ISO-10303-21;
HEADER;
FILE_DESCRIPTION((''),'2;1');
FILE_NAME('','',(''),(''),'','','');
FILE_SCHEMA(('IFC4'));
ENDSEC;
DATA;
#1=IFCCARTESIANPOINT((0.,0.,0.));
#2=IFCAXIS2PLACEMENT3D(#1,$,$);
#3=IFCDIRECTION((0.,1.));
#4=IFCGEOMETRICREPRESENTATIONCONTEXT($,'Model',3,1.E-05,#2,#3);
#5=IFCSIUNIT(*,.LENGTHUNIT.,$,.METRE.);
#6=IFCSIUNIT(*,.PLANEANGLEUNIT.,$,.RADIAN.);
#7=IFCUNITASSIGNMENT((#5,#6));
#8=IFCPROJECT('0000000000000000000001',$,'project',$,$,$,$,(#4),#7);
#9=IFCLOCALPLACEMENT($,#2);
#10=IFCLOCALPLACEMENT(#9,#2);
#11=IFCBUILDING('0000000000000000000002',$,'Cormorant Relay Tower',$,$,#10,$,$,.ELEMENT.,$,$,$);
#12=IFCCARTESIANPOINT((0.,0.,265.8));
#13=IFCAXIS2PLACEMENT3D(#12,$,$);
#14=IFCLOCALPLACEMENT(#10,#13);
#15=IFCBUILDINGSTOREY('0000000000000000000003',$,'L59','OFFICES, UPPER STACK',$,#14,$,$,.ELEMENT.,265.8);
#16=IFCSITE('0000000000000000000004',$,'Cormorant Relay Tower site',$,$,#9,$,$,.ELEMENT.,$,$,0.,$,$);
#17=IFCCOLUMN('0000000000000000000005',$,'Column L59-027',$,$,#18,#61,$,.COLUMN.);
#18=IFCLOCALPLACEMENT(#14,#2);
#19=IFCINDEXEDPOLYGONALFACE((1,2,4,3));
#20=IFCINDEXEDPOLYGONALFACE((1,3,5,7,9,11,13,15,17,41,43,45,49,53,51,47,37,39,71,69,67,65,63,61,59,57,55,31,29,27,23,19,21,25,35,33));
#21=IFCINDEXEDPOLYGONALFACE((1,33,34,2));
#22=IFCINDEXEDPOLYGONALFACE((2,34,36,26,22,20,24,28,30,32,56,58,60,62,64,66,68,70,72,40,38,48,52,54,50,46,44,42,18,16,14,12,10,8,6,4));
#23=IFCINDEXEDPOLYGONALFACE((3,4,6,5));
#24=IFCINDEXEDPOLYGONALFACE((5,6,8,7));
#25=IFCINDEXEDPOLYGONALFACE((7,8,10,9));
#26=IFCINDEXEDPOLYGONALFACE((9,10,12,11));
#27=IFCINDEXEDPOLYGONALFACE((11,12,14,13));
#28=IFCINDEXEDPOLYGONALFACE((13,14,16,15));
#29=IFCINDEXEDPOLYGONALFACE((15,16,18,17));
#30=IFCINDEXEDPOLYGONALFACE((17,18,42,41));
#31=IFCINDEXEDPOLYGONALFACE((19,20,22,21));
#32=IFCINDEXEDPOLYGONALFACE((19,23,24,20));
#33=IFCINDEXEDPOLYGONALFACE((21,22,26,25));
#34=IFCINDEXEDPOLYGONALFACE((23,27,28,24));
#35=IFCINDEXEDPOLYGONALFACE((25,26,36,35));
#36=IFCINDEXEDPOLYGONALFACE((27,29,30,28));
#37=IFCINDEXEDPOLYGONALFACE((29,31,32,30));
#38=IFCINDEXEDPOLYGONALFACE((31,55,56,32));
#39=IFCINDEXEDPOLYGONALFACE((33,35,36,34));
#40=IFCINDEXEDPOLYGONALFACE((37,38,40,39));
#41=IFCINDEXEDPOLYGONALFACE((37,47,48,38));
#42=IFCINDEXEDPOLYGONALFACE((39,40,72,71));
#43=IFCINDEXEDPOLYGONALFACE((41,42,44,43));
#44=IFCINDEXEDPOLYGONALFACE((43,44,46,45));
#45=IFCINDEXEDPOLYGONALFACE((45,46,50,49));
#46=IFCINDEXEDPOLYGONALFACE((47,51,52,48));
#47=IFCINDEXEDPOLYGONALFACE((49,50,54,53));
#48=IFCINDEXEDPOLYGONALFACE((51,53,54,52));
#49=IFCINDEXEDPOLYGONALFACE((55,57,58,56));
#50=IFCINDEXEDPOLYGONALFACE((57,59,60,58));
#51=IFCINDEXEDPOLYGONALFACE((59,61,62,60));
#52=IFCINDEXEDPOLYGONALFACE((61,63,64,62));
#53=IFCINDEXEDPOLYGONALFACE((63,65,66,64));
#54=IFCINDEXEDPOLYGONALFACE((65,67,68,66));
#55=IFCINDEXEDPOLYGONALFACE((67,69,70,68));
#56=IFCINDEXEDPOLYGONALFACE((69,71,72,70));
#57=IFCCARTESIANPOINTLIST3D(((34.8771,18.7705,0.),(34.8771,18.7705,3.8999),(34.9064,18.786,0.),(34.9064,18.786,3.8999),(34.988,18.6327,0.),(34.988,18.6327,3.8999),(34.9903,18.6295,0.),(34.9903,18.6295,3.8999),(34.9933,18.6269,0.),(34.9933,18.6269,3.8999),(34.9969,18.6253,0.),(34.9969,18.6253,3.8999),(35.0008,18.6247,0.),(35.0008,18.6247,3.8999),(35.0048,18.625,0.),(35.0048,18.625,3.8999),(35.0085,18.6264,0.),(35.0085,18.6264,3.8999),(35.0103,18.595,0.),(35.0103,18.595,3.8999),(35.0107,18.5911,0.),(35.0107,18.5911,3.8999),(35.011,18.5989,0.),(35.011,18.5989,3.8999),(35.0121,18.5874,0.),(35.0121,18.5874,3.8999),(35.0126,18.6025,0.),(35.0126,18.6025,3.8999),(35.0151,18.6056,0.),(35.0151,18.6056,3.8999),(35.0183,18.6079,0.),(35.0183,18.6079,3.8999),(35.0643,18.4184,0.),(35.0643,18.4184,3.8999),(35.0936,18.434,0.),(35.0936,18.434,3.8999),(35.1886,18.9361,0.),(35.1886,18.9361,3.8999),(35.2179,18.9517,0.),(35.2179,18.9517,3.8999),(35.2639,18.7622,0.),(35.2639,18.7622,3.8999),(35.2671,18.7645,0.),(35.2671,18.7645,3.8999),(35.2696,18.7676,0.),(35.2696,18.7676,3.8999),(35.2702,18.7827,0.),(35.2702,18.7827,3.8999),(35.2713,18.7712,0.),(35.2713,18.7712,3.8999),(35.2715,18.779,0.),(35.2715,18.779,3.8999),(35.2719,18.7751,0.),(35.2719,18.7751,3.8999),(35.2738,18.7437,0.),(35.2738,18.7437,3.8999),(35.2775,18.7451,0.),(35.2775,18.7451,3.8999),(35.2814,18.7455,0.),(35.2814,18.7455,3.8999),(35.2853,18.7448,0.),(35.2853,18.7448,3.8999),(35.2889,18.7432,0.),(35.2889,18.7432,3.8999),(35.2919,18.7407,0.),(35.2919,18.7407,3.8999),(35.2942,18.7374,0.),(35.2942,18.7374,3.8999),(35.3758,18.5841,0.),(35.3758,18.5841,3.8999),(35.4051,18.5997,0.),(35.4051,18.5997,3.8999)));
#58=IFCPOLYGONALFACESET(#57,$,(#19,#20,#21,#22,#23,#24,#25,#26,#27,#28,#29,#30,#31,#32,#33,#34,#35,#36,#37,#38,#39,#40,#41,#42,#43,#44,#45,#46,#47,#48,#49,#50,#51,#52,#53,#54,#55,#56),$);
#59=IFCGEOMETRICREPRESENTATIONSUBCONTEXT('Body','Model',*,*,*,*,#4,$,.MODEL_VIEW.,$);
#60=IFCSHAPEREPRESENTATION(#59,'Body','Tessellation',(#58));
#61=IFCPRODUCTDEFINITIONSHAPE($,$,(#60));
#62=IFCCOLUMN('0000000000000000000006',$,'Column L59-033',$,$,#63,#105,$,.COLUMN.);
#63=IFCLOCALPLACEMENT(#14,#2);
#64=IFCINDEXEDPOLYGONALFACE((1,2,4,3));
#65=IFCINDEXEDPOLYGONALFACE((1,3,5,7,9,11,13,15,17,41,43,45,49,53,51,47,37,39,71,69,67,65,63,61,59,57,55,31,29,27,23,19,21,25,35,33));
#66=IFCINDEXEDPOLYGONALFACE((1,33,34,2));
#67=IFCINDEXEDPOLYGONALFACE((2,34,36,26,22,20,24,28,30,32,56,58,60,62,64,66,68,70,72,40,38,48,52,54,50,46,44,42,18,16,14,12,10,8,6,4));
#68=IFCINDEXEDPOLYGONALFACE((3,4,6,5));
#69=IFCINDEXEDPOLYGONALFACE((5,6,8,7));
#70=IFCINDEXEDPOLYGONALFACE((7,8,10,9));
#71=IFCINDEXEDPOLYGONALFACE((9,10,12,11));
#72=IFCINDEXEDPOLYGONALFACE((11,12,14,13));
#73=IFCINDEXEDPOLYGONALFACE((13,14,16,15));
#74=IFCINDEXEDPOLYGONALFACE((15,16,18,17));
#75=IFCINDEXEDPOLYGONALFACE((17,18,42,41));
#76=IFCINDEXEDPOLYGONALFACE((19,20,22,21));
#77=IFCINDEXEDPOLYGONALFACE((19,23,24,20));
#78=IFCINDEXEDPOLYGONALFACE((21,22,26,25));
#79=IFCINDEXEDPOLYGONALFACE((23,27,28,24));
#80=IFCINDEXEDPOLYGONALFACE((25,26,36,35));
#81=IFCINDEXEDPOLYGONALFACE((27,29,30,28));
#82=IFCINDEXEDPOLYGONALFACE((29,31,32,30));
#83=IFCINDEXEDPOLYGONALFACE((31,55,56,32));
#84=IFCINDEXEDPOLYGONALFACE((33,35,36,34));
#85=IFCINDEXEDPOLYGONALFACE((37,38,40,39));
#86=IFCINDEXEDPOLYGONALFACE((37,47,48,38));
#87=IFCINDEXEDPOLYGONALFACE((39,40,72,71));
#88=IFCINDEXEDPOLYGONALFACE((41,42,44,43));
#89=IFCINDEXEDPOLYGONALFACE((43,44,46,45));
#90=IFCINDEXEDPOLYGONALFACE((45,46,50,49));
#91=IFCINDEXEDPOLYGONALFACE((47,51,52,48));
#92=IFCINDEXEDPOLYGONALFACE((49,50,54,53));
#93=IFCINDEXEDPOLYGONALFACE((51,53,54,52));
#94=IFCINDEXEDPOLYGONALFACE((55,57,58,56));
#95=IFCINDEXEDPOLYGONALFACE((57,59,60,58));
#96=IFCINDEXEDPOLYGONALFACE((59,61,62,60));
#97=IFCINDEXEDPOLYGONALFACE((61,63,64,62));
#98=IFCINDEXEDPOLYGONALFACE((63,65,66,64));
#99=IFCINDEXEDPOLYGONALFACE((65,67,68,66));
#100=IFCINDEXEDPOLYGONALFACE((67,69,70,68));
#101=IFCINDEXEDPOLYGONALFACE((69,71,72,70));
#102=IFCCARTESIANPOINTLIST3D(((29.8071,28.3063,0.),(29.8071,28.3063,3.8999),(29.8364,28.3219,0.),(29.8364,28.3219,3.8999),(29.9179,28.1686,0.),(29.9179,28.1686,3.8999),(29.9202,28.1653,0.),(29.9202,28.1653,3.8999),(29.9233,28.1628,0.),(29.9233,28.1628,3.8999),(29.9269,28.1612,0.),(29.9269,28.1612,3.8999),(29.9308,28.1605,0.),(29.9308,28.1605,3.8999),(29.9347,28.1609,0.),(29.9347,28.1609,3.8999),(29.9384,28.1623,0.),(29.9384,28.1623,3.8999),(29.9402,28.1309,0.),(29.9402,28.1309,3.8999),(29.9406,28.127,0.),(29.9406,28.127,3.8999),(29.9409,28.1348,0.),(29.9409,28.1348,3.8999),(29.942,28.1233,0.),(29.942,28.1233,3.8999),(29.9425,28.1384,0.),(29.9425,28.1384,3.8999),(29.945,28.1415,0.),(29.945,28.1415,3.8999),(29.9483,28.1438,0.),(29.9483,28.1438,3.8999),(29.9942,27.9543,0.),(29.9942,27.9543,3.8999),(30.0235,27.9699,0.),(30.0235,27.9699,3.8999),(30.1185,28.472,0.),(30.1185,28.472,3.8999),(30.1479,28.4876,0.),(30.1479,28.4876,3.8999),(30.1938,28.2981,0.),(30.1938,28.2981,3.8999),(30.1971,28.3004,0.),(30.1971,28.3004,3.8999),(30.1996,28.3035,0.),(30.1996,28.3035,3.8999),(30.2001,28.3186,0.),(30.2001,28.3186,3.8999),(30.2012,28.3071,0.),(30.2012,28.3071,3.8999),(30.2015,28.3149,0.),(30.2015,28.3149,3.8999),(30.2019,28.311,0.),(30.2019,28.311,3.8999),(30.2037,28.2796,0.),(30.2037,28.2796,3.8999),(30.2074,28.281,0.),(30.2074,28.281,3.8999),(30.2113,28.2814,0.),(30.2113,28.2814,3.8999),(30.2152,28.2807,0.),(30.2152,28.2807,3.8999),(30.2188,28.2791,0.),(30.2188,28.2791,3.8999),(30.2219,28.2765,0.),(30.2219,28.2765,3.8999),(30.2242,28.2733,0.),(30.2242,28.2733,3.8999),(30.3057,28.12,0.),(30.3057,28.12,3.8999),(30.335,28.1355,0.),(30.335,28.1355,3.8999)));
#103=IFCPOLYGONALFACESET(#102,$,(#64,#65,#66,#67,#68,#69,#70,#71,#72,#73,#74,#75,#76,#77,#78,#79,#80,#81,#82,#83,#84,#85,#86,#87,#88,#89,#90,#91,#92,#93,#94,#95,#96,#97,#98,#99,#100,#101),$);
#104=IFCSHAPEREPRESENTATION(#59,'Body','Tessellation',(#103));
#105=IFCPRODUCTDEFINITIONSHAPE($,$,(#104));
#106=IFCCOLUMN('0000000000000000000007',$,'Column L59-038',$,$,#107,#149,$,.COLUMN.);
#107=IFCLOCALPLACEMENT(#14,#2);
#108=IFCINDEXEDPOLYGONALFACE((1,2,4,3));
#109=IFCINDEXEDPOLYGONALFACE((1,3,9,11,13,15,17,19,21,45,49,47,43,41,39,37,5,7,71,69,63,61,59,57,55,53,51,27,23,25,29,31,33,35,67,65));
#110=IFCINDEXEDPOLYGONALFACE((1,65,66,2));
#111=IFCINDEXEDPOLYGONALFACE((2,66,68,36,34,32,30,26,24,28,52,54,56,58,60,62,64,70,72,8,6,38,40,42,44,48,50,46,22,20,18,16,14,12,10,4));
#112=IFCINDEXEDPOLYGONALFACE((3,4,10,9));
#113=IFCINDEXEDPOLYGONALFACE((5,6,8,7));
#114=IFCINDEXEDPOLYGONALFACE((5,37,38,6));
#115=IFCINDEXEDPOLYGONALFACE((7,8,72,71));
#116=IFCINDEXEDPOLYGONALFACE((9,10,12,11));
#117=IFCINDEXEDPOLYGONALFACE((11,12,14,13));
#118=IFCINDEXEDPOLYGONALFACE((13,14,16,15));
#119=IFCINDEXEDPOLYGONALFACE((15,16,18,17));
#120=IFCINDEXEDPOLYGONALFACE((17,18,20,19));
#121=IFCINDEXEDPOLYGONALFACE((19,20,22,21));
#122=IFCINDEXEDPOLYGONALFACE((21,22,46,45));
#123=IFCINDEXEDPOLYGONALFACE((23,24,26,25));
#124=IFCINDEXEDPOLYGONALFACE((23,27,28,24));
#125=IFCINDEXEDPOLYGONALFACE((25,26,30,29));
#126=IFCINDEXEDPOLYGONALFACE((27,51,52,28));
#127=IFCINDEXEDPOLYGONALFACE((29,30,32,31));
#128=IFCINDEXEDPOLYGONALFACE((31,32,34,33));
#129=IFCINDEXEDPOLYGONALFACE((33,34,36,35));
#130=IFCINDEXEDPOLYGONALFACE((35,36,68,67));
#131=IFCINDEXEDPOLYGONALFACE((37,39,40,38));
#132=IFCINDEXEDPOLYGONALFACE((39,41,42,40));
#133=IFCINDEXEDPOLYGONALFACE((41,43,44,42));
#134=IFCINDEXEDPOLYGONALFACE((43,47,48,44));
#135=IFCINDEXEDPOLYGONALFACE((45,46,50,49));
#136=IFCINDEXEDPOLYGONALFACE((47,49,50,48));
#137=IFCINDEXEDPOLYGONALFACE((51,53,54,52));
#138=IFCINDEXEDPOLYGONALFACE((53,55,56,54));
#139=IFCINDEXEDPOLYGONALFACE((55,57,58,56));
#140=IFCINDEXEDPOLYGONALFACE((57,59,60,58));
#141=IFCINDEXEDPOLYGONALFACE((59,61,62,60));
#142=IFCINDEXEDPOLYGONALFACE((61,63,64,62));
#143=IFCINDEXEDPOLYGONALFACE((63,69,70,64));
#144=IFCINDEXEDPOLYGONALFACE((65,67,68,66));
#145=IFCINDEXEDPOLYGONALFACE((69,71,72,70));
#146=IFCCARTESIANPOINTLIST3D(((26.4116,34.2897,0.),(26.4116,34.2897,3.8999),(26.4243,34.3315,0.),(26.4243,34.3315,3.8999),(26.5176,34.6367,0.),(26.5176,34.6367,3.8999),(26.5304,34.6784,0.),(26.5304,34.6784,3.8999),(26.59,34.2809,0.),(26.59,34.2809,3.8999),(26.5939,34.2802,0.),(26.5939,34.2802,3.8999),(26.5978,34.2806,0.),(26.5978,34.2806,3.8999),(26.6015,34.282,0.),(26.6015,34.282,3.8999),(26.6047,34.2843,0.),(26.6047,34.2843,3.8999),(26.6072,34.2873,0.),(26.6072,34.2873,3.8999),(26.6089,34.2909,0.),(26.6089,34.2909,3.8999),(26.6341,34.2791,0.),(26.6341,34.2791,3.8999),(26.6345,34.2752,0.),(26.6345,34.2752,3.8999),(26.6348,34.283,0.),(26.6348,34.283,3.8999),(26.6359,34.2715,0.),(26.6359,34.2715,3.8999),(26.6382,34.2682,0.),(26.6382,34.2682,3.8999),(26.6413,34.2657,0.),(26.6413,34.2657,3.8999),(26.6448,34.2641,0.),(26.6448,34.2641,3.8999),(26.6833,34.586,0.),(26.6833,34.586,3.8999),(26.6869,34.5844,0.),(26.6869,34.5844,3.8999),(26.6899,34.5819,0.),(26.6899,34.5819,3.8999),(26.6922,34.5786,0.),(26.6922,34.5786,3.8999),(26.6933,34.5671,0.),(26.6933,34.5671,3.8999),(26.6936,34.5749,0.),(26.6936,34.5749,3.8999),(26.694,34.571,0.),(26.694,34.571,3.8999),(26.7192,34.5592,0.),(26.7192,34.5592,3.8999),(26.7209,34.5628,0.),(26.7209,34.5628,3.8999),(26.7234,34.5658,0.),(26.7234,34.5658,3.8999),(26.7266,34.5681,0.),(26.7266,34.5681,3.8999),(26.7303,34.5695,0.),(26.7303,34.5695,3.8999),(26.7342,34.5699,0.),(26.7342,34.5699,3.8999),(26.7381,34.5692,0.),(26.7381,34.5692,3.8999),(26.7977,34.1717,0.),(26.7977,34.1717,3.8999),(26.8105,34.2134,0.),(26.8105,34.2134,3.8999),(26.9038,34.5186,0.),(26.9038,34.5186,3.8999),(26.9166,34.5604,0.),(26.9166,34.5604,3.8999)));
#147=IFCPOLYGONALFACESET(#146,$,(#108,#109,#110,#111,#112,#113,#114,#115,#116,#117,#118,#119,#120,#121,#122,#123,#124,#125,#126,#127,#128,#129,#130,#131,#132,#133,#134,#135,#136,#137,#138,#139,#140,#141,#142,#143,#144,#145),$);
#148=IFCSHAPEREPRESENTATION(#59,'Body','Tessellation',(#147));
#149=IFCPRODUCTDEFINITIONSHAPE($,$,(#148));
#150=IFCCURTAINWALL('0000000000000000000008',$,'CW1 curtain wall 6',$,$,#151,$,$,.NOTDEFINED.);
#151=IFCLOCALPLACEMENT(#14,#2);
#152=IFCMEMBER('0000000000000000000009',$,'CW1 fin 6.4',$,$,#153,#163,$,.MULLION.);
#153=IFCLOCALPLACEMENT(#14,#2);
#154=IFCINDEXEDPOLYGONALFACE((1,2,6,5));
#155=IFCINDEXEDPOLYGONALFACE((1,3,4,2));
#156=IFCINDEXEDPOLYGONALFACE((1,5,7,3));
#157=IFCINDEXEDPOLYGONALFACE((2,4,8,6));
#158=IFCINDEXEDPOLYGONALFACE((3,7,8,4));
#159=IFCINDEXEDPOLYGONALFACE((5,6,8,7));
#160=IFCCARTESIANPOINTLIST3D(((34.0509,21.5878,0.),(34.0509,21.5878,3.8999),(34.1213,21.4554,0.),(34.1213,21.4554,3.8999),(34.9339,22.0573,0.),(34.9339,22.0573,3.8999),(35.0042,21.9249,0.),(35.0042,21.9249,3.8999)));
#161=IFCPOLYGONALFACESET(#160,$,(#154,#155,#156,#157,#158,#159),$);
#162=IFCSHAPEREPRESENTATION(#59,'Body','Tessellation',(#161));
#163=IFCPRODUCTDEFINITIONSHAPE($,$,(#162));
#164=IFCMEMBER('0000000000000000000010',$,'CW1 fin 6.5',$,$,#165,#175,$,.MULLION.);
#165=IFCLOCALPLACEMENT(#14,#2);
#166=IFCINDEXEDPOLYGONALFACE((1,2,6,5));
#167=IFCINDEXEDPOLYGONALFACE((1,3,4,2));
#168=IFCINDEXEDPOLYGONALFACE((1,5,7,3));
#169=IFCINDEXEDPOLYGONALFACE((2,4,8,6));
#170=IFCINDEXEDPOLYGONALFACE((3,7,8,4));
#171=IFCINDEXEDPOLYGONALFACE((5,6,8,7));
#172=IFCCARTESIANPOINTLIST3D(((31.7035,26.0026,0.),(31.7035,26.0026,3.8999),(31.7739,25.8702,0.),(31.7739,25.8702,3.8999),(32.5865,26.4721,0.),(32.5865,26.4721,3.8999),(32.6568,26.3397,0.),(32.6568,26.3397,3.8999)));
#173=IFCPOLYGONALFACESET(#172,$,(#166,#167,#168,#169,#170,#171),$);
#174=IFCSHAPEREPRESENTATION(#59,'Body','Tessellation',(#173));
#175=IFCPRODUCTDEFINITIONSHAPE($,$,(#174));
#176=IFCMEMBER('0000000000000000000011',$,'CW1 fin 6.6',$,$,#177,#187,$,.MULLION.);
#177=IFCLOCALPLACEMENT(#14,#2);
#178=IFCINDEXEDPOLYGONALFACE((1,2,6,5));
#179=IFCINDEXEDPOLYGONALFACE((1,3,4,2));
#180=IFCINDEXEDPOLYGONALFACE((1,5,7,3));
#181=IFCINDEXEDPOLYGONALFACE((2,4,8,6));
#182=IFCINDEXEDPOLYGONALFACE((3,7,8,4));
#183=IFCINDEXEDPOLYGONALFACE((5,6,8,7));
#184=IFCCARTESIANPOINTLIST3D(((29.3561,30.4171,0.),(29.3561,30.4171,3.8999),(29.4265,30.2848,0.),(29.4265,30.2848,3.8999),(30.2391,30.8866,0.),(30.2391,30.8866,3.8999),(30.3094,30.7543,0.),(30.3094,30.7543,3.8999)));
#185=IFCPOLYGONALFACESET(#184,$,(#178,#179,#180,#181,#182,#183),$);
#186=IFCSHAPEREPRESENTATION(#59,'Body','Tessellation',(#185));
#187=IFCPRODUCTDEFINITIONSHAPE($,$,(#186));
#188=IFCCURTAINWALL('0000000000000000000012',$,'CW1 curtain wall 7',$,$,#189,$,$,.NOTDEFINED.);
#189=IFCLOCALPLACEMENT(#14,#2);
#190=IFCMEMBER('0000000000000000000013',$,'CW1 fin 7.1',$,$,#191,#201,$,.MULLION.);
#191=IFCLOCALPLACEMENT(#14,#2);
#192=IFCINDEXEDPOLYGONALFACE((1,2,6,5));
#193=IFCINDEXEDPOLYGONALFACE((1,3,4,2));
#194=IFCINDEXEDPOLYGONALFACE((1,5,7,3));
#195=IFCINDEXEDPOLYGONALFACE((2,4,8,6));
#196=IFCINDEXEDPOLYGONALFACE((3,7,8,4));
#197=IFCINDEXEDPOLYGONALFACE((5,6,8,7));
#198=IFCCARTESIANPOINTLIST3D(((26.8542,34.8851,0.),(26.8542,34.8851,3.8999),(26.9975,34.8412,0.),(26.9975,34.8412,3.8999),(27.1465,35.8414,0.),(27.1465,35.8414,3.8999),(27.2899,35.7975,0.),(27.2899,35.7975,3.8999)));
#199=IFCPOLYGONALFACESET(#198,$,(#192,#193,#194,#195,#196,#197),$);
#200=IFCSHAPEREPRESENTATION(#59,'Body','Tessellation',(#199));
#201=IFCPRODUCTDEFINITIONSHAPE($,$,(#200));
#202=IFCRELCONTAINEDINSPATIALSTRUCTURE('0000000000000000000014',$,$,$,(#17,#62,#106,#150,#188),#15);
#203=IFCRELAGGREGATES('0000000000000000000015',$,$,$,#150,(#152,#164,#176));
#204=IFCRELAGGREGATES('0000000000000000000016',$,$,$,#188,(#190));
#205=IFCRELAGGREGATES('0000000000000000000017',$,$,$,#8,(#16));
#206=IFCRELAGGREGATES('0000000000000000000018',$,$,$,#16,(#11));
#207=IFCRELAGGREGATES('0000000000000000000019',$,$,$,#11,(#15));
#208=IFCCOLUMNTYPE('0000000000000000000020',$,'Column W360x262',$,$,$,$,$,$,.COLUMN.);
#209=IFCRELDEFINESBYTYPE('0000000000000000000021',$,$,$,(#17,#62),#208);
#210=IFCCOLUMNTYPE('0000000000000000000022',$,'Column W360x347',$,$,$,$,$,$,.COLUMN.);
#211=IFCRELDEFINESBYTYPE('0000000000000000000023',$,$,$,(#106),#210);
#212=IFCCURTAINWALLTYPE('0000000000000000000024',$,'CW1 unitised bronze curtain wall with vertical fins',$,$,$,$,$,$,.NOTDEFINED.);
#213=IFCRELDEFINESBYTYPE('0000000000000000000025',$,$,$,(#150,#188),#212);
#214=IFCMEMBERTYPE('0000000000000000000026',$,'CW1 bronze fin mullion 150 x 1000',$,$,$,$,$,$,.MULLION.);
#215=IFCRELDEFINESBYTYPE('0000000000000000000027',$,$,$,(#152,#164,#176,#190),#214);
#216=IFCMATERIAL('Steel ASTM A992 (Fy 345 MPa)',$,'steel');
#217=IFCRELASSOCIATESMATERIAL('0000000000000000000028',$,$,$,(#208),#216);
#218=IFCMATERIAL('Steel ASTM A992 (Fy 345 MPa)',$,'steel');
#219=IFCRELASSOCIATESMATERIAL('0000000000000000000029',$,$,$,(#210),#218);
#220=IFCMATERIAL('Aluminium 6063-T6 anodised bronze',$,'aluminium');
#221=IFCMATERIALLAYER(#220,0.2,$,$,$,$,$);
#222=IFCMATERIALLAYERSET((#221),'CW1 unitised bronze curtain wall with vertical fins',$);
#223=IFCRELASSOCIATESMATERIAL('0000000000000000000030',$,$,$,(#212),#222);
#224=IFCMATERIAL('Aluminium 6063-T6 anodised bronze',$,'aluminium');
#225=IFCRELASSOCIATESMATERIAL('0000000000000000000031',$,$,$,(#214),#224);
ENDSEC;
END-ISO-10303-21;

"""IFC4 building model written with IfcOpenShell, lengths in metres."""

from ifc_helpers import new_model, si_unit, direction, frame, origin, origin_2d, place, context, subcontext, project, spatial, rectangle, i_section, extrude, material, layer, layer_set, material_profile, profile_set, type_object, element, aggregate, save


model = new_model("IFC4")

# Units and contexts
model_context = context("Model", 3, precision=1e-05, world=origin(), true_north=direction((0.0, 1.0)))
body_context = subcontext(model_context, "Body", "Model", "MODEL_VIEW")
ifc_project = project(units=[si_unit("LENGTHUNIT", "METRE"), si_unit("PLANEANGLEUNIT", "RADIAN")], contexts=[model_context])

# Site, building, storey
site_placement = place(None, origin())
site = spatial("IfcSite", under=ifc_project, at=site_placement, Name="Cormorant Relay Tower site", CompositionType="ELEMENT", RefElevation=0.0)
building_placement = place(site_placement, origin())
building = spatial("IfcBuilding", under=site, at=building_placement, Name="Cormorant Relay Tower", CompositionType="ELEMENT")
storey_placement = place(building_placement, frame((0.0, 0.0, 265.8)))
storey = spatial("IfcBuildingStorey", under=building, at=storey_placement, Name="L59", Description="OFFICES, UPPER STACK", CompositionType="ELEMENT", Elevation=265.8)

# Columns
ifc_material_1 = material(Name="Steel ASTM A992 (Fy 345 MPa)", Category="steel")
ifc_material_profile_1 = material_profile(ifc_material_1, i_section(OverallWidth=0.3987, OverallDepth=0.386, WebThickness=0.021, FlangeThickness=0.0332, FilletRadius=0.0151, at=origin_2d()), Name="W360x262")
ifc_profile_set_1 = profile_set([ifc_material_profile_1], Name="Steel ASTM A992 (Fy 345 MPa)")
column_type_1 = type_object("IfcColumnType", Name="Column W360x262", PredefinedType="COLUMN", material=ifc_profile_set_1)
for number, where, z_axis, x_axis, name in (
    (1, (35.1411, 18.6851, 0.0), (0.0, 0.0, 1.0), (-0.469472, 0.882948, 0.0), "Column L59-027"),
    (2, (30.071, 28.2209, 0.0), (0.0, 0.0, 1.0), (-0.469472, 0.882948, 0.0), "Column L59-033"),
):
    element("IfcColumn", number, at=place(storey_placement, frame(where, z_axis=z_axis, x_axis=x_axis)), inside=storey, type_object=column_type_1, Name=name, PredefinedType="COLUMN", context=body_context, shape_type="SweptSolid", body=[
        extrude(i_section(OverallWidth=0.3987, OverallDepth=0.386, WebThickness=0.021, FlangeThickness=0.0332, FilletRadius=0.0151, at=origin_2d()), origin(), (0.0, 0.0, 1.0), 3.8999),
    ])
ifc_material_2 = material(Name="Steel ASTM A992 (Fy 345 MPa)", Category="steel")
ifc_material_profile_2 = material_profile(ifc_material_2, i_section(OverallWidth=0.4038, OverallDepth=0.4065, WebThickness=0.0271, FlangeThickness=0.0437, FilletRadius=0.0151, at=origin_2d()), Name="W360x347")
ifc_profile_set_2 = profile_set([ifc_material_profile_2], Name="Steel ASTM A992 (Fy 345 MPa)")
column_type_2 = type_object("IfcColumnType", Name="Column W360x347", PredefinedType="COLUMN", material=ifc_profile_set_2)
column_placement = place(storey_placement, frame((26.6641, 34.425, 0.0), z_axis=(0.0, 0.0, 1.0), x_axis=(-0.956305, 0.292372, 0.0)))
element("IfcColumn", 3, at=column_placement, inside=storey, type_object=column_type_2, Name="Column L59-038", PredefinedType="COLUMN", context=body_context, shape_type="SweptSolid", body=[
    extrude(i_section(OverallWidth=0.4038, OverallDepth=0.4065, WebThickness=0.0271, FlangeThickness=0.0437, FilletRadius=0.0151, at=origin_2d()), origin(), (0.0, 0.0, 1.0), 3.8999),
])

# Curtain walls, members
ifc_material_3 = material(Name="Aluminium 6063-T6 anodised bronze", Category="aluminium")
ifc_layer_1 = layer(ifc_material_3, 0.2)
ifc_layer_set_1 = layer_set([ifc_layer_1], Name="CW1 unitised bronze curtain wall with vertical fins")
curtain_wall_type = type_object("IfcCurtainWallType", Name="CW1 unitised bronze curtain wall with vertical fins", PredefinedType="NOTDEFINED", material=ifc_layer_set_1)
curtain_wall_1_placement = place(storey_placement, origin())
curtain_wall_1 = element("IfcCurtainWall", 4, at=curtain_wall_1_placement, inside=storey, type_object=curtain_wall_type, Name="CW1 curtain wall 6", PredefinedType="NOTDEFINED")
ifc_material_4 = material(Name="Aluminium 6063-T6 anodised bronze", Category="aluminium")
ifc_material_profile_3 = material_profile(ifc_material_4, rectangle(XDim=0.1499, YDim=1.0, at=origin_2d()), Name="AL 150x1000")
ifc_profile_set_3 = profile_set([ifc_material_profile_3], Name="Aluminium 6063-T6 anodised bronze")
member_type_1 = type_object("IfcMemberType", Name="CW1 bronze fin mullion 150 x 1000", PredefinedType="MULLION", material=ifc_profile_set_3)
member_1_placement = place(storey_placement, frame((34.5276, 21.7563, 0.0), z_axis=(0.0, 0.0, 1.0), x_axis=(-0.469472, 0.882948, 0.0)))
member_1 = element("IfcMember", 5, at=member_1_placement, type_object=member_type_1, Name="CW1 fin 6.4", PredefinedType="MULLION", context=body_context, shape_type="SweptSolid", body=[
    extrude(rectangle(XDim=0.1499, YDim=1.0, at=origin_2d()), origin(), (0.0, 0.0, 1.0), 3.8999),
])
member_2_placement = place(storey_placement, frame((32.1802, 26.1711, 0.0), z_axis=(0.0, 0.0, 1.0), x_axis=(-0.469472, 0.882948, 0.0)))
member_2 = element("IfcMember", 6, at=member_2_placement, type_object=member_type_1, Name="CW1 fin 6.5", PredefinedType="MULLION", context=body_context, shape_type="SweptSolid", body=[
    extrude(rectangle(XDim=0.1499, YDim=1.0, at=origin_2d()), origin(), (0.0, 0.0, 1.0), 3.8999),
])
member_3_placement = place(storey_placement, frame((29.8328, 30.5857, 0.0), z_axis=(0.0, 0.0, 1.0), x_axis=(-0.469472, 0.882948, 0.0)))
member_3 = element("IfcMember", 7, at=member_3_placement, type_object=member_type_1, Name="CW1 fin 6.6", PredefinedType="MULLION", context=body_context, shape_type="SweptSolid", body=[
    extrude(rectangle(XDim=0.1499, YDim=1.0, at=origin_2d()), origin(), (0.0, 0.0, 1.0), 3.8999),
])
curtain_wall_2_placement = place(storey_placement, origin())
curtain_wall_2 = element("IfcCurtainWall", 8, at=curtain_wall_2_placement, inside=storey, type_object=curtain_wall_type, Name="CW1 curtain wall 7", PredefinedType="NOTDEFINED")
member_4_placement = place(storey_placement, frame((27.072, 35.3413, 0.0), z_axis=(0.0, 0.0, 1.0), x_axis=(-0.956305, 0.292372, 0.0)))
member_4 = element("IfcMember", 9, at=member_4_placement, type_object=member_type_1, Name="CW1 fin 7.1", PredefinedType="MULLION", context=body_context, shape_type="SweptSolid", body=[
    extrude(rectangle(XDim=0.1499, YDim=1.0, at=origin_2d()), origin(), (0.0, 0.0, 1.0), 3.8999),
])

aggregate(curtain_wall_1, [member_1, member_2, member_3])
aggregate(curtain_wall_2, [member_4])

save(model, "model.ifc")
